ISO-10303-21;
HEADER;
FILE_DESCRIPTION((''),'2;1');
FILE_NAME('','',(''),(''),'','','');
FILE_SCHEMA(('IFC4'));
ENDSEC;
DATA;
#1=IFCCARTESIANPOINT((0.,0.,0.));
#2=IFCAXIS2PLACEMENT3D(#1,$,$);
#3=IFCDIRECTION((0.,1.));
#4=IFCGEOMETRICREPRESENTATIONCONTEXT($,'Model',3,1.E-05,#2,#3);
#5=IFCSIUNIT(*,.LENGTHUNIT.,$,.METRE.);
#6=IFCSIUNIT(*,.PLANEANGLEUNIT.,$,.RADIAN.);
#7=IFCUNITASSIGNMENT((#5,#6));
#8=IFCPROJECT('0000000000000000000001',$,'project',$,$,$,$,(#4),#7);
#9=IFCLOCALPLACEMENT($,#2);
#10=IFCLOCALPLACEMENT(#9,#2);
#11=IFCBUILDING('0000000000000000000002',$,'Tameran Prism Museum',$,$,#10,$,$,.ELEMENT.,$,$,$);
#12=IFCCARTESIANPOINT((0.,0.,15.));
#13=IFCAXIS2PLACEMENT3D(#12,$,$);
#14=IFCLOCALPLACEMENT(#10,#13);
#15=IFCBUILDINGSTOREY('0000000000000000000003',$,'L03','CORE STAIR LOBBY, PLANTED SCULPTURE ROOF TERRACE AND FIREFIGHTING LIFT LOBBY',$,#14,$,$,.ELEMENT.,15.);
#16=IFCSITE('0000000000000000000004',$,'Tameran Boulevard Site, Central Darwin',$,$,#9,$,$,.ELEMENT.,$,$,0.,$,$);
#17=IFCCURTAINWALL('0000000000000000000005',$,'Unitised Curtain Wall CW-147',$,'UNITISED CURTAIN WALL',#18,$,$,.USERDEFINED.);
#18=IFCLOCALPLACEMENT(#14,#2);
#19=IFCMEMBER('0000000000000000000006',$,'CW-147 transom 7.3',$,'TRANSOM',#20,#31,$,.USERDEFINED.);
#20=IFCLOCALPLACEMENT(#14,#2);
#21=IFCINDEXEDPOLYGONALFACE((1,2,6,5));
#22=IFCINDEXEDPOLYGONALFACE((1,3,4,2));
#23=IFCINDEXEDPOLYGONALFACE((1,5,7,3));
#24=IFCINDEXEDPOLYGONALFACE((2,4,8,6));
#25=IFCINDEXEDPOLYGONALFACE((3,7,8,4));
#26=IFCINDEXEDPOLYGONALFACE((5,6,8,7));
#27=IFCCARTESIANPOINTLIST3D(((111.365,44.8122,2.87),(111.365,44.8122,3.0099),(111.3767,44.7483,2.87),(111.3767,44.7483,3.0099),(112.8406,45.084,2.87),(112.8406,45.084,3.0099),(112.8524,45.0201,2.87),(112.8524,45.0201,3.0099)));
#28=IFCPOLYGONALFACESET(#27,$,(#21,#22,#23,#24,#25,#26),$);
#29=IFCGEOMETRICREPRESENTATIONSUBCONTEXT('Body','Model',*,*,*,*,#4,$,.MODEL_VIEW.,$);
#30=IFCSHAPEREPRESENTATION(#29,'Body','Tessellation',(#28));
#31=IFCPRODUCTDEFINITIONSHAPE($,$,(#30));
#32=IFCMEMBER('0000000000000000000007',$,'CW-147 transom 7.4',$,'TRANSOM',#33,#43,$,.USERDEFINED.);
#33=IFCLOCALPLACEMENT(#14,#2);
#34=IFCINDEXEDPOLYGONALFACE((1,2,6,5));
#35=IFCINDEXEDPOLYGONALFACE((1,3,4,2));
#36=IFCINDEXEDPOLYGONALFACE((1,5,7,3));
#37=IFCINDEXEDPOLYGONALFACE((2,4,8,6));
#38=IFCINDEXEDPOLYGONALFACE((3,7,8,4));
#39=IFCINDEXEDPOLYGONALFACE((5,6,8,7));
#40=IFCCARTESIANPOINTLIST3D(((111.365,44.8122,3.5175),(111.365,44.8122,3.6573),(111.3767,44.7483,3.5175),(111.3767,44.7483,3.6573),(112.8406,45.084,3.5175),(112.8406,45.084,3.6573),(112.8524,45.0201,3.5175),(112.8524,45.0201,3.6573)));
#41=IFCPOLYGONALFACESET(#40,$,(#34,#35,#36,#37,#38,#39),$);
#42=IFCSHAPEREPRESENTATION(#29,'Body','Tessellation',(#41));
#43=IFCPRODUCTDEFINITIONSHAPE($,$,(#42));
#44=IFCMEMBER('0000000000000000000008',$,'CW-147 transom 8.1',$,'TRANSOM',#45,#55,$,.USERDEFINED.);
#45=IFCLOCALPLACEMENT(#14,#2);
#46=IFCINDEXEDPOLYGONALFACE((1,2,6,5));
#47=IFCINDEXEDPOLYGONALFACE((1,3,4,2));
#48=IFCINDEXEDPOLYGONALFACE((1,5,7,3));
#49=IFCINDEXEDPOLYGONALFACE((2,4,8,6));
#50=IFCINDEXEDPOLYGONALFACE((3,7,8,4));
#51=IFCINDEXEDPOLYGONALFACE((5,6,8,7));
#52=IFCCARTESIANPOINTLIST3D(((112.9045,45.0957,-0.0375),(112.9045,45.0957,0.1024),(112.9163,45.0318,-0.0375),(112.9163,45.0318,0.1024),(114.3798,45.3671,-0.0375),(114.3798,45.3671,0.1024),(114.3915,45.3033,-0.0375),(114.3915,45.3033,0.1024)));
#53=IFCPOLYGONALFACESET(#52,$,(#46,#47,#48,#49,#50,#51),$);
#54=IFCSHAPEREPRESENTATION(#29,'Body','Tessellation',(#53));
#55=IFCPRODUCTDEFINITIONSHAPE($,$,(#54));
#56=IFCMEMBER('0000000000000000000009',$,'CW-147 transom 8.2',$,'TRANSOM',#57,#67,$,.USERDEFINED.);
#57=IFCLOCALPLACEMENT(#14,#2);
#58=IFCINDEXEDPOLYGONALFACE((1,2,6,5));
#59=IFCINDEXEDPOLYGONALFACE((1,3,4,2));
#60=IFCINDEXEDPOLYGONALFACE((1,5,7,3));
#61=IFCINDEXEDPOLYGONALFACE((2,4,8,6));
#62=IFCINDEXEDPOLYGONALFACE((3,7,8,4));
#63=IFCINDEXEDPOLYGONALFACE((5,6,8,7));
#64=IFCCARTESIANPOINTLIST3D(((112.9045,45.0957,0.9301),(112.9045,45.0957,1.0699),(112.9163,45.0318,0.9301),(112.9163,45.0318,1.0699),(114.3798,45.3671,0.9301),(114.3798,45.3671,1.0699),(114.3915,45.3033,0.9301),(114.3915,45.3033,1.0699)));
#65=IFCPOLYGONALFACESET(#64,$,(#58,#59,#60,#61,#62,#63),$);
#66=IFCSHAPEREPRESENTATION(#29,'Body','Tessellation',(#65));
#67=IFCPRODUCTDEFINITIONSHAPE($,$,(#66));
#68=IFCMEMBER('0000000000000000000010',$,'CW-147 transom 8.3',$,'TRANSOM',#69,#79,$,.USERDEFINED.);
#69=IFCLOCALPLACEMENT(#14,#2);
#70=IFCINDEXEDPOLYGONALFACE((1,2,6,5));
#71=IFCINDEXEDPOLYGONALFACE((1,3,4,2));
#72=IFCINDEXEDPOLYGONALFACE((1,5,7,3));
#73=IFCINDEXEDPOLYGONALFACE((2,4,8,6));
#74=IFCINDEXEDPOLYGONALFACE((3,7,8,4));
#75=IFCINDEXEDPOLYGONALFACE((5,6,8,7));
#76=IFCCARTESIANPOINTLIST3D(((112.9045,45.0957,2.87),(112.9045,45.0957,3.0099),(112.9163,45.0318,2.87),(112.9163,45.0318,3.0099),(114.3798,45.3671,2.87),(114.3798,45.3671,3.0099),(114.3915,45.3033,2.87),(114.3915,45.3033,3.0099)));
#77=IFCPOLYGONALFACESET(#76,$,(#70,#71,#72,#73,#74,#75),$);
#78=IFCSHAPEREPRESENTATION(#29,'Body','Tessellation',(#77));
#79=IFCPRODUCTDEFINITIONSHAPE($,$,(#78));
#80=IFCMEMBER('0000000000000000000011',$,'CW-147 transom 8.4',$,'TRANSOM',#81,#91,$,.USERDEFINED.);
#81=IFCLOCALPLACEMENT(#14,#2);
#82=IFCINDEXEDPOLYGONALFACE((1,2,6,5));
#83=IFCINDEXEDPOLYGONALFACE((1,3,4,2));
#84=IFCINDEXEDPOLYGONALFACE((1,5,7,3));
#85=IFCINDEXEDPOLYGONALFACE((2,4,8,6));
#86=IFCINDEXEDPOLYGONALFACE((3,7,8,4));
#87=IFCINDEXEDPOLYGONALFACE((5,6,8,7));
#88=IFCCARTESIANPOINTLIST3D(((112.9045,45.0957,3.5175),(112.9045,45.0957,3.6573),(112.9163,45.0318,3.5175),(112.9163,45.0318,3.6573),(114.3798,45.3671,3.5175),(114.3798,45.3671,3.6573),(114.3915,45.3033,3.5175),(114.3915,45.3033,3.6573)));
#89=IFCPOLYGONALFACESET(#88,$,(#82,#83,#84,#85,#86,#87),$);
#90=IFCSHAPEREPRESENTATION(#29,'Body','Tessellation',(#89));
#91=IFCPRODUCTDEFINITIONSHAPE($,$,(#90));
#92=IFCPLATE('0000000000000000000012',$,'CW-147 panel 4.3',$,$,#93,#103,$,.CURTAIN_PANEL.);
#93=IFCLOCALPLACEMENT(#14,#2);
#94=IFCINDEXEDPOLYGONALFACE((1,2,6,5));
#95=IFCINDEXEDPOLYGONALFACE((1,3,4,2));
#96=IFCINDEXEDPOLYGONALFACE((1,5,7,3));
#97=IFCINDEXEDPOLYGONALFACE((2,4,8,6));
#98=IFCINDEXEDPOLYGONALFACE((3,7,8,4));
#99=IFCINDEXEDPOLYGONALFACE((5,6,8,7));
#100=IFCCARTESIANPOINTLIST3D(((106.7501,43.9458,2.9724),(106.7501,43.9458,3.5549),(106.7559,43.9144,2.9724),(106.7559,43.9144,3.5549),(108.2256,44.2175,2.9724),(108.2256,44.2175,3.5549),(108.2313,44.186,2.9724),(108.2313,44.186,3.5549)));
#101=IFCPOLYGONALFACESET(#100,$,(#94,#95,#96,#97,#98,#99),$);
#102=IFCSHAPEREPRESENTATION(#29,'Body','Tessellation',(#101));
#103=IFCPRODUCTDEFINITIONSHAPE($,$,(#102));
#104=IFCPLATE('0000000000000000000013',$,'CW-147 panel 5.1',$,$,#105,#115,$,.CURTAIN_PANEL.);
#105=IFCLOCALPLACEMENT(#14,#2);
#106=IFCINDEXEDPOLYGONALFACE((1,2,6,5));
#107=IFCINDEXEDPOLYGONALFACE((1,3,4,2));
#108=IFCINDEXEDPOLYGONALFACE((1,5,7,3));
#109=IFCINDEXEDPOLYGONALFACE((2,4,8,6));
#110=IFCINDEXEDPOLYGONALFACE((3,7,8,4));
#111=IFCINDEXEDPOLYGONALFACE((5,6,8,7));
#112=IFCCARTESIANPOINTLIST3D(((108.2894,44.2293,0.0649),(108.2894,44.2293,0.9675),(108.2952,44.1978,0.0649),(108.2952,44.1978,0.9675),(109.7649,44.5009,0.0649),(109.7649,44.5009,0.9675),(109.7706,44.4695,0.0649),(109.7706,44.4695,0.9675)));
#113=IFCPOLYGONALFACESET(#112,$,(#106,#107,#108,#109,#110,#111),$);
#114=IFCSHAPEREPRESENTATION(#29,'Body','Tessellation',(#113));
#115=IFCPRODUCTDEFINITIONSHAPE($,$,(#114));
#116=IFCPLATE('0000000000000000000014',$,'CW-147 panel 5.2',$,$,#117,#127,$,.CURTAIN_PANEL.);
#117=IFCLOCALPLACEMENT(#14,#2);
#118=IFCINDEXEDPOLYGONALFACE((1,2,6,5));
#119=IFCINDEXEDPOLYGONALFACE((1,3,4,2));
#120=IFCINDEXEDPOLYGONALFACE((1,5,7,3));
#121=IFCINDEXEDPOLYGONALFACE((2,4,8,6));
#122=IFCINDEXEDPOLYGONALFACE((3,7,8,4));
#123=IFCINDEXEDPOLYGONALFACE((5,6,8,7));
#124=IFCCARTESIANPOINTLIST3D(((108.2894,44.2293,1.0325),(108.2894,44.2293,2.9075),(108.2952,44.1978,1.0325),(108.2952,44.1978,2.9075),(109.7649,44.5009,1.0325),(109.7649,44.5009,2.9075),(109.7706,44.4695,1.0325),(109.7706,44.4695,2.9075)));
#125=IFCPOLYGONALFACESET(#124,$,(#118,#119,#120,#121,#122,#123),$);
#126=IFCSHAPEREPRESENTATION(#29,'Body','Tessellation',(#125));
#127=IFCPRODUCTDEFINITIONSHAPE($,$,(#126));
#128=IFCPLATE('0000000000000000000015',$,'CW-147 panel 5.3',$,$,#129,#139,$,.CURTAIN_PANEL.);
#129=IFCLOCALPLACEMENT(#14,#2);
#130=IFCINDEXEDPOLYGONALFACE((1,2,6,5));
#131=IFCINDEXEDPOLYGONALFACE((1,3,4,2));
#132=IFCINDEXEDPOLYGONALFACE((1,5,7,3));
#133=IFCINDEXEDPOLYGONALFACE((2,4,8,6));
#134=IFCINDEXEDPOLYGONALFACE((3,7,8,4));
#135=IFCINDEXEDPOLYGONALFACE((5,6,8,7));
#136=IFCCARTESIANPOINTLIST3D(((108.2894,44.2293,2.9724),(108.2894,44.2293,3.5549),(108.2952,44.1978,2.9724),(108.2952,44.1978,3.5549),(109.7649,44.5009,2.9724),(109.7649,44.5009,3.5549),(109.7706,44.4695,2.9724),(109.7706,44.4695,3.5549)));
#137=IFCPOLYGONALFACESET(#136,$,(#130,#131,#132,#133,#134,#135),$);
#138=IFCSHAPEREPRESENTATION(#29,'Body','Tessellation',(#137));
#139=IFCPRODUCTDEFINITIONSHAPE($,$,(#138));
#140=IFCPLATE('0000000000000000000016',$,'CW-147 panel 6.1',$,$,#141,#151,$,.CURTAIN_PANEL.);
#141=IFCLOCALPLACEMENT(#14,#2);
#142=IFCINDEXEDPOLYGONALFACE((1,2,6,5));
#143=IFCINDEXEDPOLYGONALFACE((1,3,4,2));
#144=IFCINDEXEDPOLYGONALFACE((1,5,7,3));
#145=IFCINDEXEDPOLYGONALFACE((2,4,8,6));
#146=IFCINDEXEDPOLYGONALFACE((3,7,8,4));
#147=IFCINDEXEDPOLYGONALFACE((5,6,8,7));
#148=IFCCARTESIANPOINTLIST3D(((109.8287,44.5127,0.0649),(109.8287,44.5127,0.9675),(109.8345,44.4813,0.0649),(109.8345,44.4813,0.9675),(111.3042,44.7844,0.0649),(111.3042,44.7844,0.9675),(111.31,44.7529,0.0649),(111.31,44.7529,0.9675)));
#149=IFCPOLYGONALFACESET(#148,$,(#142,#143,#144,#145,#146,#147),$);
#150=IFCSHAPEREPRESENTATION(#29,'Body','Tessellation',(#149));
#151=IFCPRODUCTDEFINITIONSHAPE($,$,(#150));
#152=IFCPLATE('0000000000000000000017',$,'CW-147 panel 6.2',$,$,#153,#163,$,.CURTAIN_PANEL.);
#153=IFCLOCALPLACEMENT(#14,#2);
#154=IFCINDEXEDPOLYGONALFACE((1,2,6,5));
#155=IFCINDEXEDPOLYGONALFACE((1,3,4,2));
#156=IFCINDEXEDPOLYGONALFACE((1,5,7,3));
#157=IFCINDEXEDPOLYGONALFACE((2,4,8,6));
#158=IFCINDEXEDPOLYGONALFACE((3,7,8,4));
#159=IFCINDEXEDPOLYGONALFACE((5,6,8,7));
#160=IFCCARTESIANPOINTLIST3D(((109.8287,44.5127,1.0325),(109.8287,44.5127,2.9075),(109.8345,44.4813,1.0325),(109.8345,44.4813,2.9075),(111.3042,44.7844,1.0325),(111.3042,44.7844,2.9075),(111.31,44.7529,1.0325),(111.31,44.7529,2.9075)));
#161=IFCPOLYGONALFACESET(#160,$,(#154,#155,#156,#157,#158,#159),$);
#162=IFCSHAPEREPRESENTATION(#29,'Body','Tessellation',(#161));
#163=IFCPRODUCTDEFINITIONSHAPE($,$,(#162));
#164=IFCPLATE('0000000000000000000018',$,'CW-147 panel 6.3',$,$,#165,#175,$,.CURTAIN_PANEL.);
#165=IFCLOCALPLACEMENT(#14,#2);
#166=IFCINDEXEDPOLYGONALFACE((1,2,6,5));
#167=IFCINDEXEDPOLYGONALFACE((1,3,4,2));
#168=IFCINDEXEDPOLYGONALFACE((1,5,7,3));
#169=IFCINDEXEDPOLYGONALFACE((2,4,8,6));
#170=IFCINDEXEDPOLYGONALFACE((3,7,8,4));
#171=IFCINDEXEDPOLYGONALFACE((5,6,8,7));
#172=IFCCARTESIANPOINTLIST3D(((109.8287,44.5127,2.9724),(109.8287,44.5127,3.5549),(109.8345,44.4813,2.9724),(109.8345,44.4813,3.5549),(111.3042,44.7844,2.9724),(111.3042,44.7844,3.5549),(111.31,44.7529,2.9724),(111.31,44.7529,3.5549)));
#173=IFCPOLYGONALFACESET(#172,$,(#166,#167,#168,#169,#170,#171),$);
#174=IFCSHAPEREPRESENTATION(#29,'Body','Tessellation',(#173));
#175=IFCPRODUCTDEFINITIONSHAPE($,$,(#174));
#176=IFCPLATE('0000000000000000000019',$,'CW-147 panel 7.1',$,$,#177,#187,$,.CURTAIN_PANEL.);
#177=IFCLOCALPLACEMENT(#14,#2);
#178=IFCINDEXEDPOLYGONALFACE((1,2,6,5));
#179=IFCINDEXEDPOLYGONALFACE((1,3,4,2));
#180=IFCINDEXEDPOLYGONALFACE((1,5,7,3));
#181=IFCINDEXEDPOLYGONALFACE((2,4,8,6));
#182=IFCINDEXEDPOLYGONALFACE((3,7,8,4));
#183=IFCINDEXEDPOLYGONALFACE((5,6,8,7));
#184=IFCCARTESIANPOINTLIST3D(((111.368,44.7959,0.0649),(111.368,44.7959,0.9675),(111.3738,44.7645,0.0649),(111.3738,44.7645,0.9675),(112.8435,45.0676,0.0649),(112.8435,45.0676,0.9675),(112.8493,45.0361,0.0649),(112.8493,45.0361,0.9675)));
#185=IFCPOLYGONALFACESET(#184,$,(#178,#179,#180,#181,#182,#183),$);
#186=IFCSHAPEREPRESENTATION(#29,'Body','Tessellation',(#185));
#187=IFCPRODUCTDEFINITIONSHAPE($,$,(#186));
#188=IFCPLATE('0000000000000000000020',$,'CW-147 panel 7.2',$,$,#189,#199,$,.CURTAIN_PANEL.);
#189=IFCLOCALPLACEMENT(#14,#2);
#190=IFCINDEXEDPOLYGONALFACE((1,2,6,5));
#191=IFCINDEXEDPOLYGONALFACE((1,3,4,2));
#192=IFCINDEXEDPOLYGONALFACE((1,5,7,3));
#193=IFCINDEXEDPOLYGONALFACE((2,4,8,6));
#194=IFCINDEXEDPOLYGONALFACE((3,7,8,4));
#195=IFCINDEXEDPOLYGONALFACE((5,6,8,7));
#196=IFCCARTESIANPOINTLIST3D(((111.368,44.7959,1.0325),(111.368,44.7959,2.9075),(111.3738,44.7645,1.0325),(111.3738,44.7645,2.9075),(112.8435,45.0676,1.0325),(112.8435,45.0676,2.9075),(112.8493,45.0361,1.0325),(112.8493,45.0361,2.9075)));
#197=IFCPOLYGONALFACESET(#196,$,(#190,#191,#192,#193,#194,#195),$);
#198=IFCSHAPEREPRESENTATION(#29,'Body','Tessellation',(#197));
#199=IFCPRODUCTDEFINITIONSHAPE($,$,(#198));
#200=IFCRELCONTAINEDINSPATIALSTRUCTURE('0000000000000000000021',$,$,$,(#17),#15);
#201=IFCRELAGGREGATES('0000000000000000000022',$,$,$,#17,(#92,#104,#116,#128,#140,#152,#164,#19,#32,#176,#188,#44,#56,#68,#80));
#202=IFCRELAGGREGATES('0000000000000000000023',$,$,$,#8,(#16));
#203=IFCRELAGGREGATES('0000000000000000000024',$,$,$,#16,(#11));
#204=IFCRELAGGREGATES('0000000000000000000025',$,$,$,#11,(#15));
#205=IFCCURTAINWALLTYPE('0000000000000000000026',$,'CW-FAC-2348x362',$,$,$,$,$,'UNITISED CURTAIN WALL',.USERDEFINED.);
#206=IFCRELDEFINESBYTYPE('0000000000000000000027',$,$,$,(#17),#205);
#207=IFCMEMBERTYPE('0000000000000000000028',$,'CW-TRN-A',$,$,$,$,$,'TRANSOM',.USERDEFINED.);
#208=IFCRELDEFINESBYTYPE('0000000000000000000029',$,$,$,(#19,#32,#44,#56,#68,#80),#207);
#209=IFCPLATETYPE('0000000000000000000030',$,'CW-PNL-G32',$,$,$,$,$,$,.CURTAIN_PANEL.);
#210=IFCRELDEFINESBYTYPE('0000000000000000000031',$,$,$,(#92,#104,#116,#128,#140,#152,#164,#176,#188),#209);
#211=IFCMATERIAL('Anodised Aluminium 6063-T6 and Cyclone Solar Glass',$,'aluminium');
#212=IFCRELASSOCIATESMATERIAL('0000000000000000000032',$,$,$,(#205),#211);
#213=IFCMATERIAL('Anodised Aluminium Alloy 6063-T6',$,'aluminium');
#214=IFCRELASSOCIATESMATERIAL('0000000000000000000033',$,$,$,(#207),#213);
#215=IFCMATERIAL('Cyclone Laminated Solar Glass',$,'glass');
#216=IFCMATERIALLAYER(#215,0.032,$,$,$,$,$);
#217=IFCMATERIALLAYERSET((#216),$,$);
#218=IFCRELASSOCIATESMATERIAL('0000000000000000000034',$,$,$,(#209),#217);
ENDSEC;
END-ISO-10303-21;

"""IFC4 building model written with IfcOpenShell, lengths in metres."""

from ifc_helpers import new_model, si_unit, direction, frame, origin, origin_2d, place, context, subcontext, project, spatial, rectangle, extrude, material, layer, layer_set, material_profile, profile_set, type_object, element, aggregate, save


model = new_model("IFC4")

# Units and contexts
model_context = context("Model", 3, precision=1e-05, world=origin(), true_north=direction((0.0, 1.0)))
body_context = subcontext(model_context, "Body", "Model", "MODEL_VIEW")
ifc_project = project(units=[si_unit("LENGTHUNIT", "METRE"), si_unit("PLANEANGLEUNIT", "RADIAN")], contexts=[model_context])

# Site, building, storey
site_placement = place(None, origin())
site = spatial("IfcSite", under=ifc_project, at=site_placement, Name="Tameran Boulevard Site, Central Darwin", CompositionType="ELEMENT", RefElevation=0.0)
building_placement = place(site_placement, origin())
building = spatial("IfcBuilding", under=site, at=building_placement, Name="Tameran Prism Museum", CompositionType="ELEMENT")
storey_placement = place(building_placement, frame((0.0, 0.0, 15.0)))
storey = spatial("IfcBuildingStorey", under=building, at=storey_placement, Name="L03", Description="CORE STAIR LOBBY, PLANTED SCULPTURE ROOF TERRACE AND FIREFIGHTING LIFT LOBBY", CompositionType="ELEMENT", Elevation=15.0)

# Curtain wall, members, plates
ifc_material_1 = material(Name="Anodised Aluminium 6063-T6 and Cyclone Solar Glass", Category="aluminium")
curtain_wall_type = type_object("IfcCurtainWallType", Name="CW-FAC-2348x362", ElementType="UNITISED CURTAIN WALL", PredefinedType="USERDEFINED", material=ifc_material_1)
curtain_wall_placement = place(storey_placement, origin())
curtain_wall = element("IfcCurtainWall", 1, at=curtain_wall_placement, inside=storey, type_object=curtain_wall_type, Name="Unitised Curtain Wall CW-147", ObjectType="UNITISED CURTAIN WALL", PredefinedType="USERDEFINED")
ifc_material_2 = material(Name="Anodised Aluminium Alloy 6063-T6", Category="aluminium")
ifc_material_profile_1 = material_profile(ifc_material_2, rectangle(XDim=0.0649, YDim=0.1399, at=origin_2d()))
ifc_profile_set_1 = profile_set([ifc_material_profile_1])
member_type_1 = type_object("IfcMemberType", Name="CW-TRN-A", ElementType="TRANSOM", PredefinedType="USERDEFINED", material=ifc_profile_set_1)
member_1_placement = place(storey_placement, frame((111.3708, 44.7803, 2.9399), z_axis=(0.983464, 0.181104, 0.0), x_axis=(-0.181104, 0.983464, 0.0)))
member_1 = element("IfcMember", 2, at=member_1_placement, type_object=member_type_1, Name="CW-147 transom 7.3", ObjectType="TRANSOM", PredefinedType="USERDEFINED", context=body_context, shape_type="SweptSolid", body=[
    extrude(rectangle(XDim=0.0649, YDim=0.1399, at=origin_2d()), origin(), (0.0, 0.0, 1.0), 1.5005),
])
member_2_placement = place(storey_placement, frame((111.3708, 44.7803, 3.5874), z_axis=(0.983464, 0.181104, 0.0), x_axis=(-0.181104, 0.983464, 0.0)))
member_2 = element("IfcMember", 3, at=member_2_placement, type_object=member_type_1, Name="CW-147 transom 7.4", ObjectType="TRANSOM", PredefinedType="USERDEFINED", context=body_context, shape_type="SweptSolid", body=[
    extrude(rectangle(XDim=0.0649, YDim=0.1399, at=origin_2d()), origin(), (0.0, 0.0, 1.0), 1.5005),
])
member_3_placement = place(storey_placement, frame((112.9104, 45.0637, 0.0325), z_axis=(0.983488, 0.180976, 0.0), x_axis=(-0.180976, 0.983488, 0.0)))
member_3 = element("IfcMember", 4, at=member_3_placement, type_object=member_type_1, Name="CW-147 transom 8.1", ObjectType="TRANSOM", PredefinedType="USERDEFINED", context=body_context, shape_type="SweptSolid", body=[
    extrude(rectangle(XDim=0.0649, YDim=0.1399, at=origin_2d()), origin(), (0.0, 0.0, 1.0), 1.5),
])
member_4_placement = place(storey_placement, frame((112.9104, 45.0637, 1.0), z_axis=(0.983488, 0.180976, 0.0), x_axis=(-0.180976, 0.983488, 0.0)))
member_4 = element("IfcMember", 5, at=member_4_placement, type_object=member_type_1, Name="CW-147 transom 8.2", ObjectType="TRANSOM", PredefinedType="USERDEFINED", context=body_context, shape_type="SweptSolid", body=[
    extrude(rectangle(XDim=0.0649, YDim=0.1399, at=origin_2d()), origin(), (0.0, 0.0, 1.0), 1.5),
])
member_5_placement = place(storey_placement, frame((112.9104, 45.0637, 2.9399), z_axis=(0.983488, 0.180976, 0.0), x_axis=(-0.180976, 0.983488, 0.0)))
member_5 = element("IfcMember", 6, at=member_5_placement, type_object=member_type_1, Name="CW-147 transom 8.3", ObjectType="TRANSOM", PredefinedType="USERDEFINED", context=body_context, shape_type="SweptSolid", body=[
    extrude(rectangle(XDim=0.0649, YDim=0.1399, at=origin_2d()), origin(), (0.0, 0.0, 1.0), 1.5),
])
member_6_placement = place(storey_placement, frame((112.9104, 45.0637, 3.5874), z_axis=(0.983488, 0.180976, 0.0), x_axis=(-0.180976, 0.983488, 0.0)))
member_6 = element("IfcMember", 7, at=member_6_placement, type_object=member_type_1, Name="CW-147 transom 8.4", ObjectType="TRANSOM", PredefinedType="USERDEFINED", context=body_context, shape_type="SweptSolid", body=[
    extrude(rectangle(XDim=0.0649, YDim=0.1399, at=origin_2d()), origin(), (0.0, 0.0, 1.0), 1.5),
])
ifc_material_3 = material(Name="Cyclone Laminated Solar Glass", Category="glass")
ifc_layer_1 = layer(ifc_material_3, 0.032)
ifc_layer_set_1 = layer_set([ifc_layer_1])
plate_type = type_object("IfcPlateType", Name="CW-PNL-G32", PredefinedType="CURTAIN_PANEL", material=ifc_layer_set_1)
plate_1_placement = place(storey_placement, frame((107.4907, 44.0659, 2.9724), z_axis=(0.0, 0.0, 1.0), x_axis=(0.983472, 0.181063, 0.0)))
plate_1 = element("IfcPlate", 8, at=plate_1_placement, type_object=plate_type, Name="CW-147 panel 4.3", PredefinedType="CURTAIN_PANEL", context=body_context, shape_type="SweptSolid", body=[
    extrude(rectangle(XDim=1.5002, YDim=0.032, at=origin_2d()), origin(), (0.0, 0.0, 1.0), 0.5825),
])
plate_2_placement = place(storey_placement, frame((109.03, 44.3494, 0.0649), z_axis=(0.0, 0.0, 1.0), x_axis=(0.983472, 0.181063, 0.0)))
plate_2 = element("IfcPlate", 9, at=plate_2_placement, type_object=plate_type, Name="CW-147 panel 5.1", PredefinedType="CURTAIN_PANEL", context=body_context, shape_type="SweptSolid", body=[
    extrude(rectangle(XDim=1.5002, YDim=0.032, at=origin_2d()), origin(), (0.0, 0.0, 1.0), 0.9026),
])
plate_3_placement = place(storey_placement, frame((109.03, 44.3494, 1.0325), z_axis=(0.0, 0.0, 1.0), x_axis=(0.983472, 0.181063, 0.0)))
plate_3 = element("IfcPlate", 10, at=plate_3_placement, type_object=plate_type, Name="CW-147 panel 5.2", PredefinedType="CURTAIN_PANEL", context=body_context, shape_type="SweptSolid", body=[
    extrude(rectangle(XDim=1.5002, YDim=0.032, at=origin_2d()), origin(), (0.0, 0.0, 1.0), 1.875),
])
plate_4_placement = place(storey_placement, frame((109.03, 44.3494, 2.9724), z_axis=(0.0, 0.0, 1.0), x_axis=(0.983472, 0.181063, 0.0)))
plate_4 = element("IfcPlate", 11, at=plate_4_placement, type_object=plate_type, Name="CW-147 panel 5.3", PredefinedType="CURTAIN_PANEL", context=body_context, shape_type="SweptSolid", body=[
    extrude(rectangle(XDim=1.5002, YDim=0.032, at=origin_2d()), origin(), (0.0, 0.0, 1.0), 0.5825),
])
plate_5_placement = place(storey_placement, frame((110.5693, 44.6328, 0.0649), z_axis=(0.0, 0.0, 1.0), x_axis=(0.983472, 0.181063, 0.0)))
plate_5 = element("IfcPlate", 12, at=plate_5_placement, type_object=plate_type, Name="CW-147 panel 6.1", PredefinedType="CURTAIN_PANEL", context=body_context, shape_type="SweptSolid", body=[
    extrude(rectangle(XDim=1.5002, YDim=0.032, at=origin_2d()), origin(), (0.0, 0.0, 1.0), 0.9026),
])
plate_6_placement = place(storey_placement, frame((110.5693, 44.6328, 1.0325), z_axis=(0.0, 0.0, 1.0), x_axis=(0.983472, 0.181063, 0.0)))
plate_6 = element("IfcPlate", 13, at=plate_6_placement, type_object=plate_type, Name="CW-147 panel 6.2", PredefinedType="CURTAIN_PANEL", context=body_context, shape_type="SweptSolid", body=[
    extrude(rectangle(XDim=1.5002, YDim=0.032, at=origin_2d()), origin(), (0.0, 0.0, 1.0), 1.875),
])
plate_7_placement = place(storey_placement, frame((110.5693, 44.6328, 2.9724), z_axis=(0.0, 0.0, 1.0), x_axis=(0.983472, 0.181063, 0.0)))
plate_7 = element("IfcPlate", 14, at=plate_7_placement, type_object=plate_type, Name="CW-147 panel 6.3", PredefinedType="CURTAIN_PANEL", context=body_context, shape_type="SweptSolid", body=[
    extrude(rectangle(XDim=1.5002, YDim=0.032, at=origin_2d()), origin(), (0.0, 0.0, 1.0), 0.5825),
])
plate_8_placement = place(storey_placement, frame((112.1086, 44.916, 0.0649), z_axis=(0.0, 0.0, 1.0), x_axis=(0.983472, 0.181063, 0.0)))
plate_8 = element("IfcPlate", 15, at=plate_8_placement, type_object=plate_type, Name="CW-147 panel 7.1", PredefinedType="CURTAIN_PANEL", context=body_context, shape_type="SweptSolid", body=[
    extrude(rectangle(XDim=1.5002, YDim=0.032, at=origin_2d()), origin(), (0.0, 0.0, 1.0), 0.9026),
])
plate_9_placement = place(storey_placement, frame((112.1086, 44.916, 1.0325), z_axis=(0.0, 0.0, 1.0), x_axis=(0.983472, 0.181063, 0.0)))
plate_9 = element("IfcPlate", 16, at=plate_9_placement, type_object=plate_type, Name="CW-147 panel 7.2", PredefinedType="CURTAIN_PANEL", context=body_context, shape_type="SweptSolid", body=[
    extrude(rectangle(XDim=1.5002, YDim=0.032, at=origin_2d()), origin(), (0.0, 0.0, 1.0), 1.875),
])
aggregate(curtain_wall, [plate_1, plate_2, plate_3, plate_4, plate_5, plate_6, plate_7, member_1, member_2, plate_8, plate_9, member_3, member_4, member_5, member_6])

save(model, "model.ifc")
